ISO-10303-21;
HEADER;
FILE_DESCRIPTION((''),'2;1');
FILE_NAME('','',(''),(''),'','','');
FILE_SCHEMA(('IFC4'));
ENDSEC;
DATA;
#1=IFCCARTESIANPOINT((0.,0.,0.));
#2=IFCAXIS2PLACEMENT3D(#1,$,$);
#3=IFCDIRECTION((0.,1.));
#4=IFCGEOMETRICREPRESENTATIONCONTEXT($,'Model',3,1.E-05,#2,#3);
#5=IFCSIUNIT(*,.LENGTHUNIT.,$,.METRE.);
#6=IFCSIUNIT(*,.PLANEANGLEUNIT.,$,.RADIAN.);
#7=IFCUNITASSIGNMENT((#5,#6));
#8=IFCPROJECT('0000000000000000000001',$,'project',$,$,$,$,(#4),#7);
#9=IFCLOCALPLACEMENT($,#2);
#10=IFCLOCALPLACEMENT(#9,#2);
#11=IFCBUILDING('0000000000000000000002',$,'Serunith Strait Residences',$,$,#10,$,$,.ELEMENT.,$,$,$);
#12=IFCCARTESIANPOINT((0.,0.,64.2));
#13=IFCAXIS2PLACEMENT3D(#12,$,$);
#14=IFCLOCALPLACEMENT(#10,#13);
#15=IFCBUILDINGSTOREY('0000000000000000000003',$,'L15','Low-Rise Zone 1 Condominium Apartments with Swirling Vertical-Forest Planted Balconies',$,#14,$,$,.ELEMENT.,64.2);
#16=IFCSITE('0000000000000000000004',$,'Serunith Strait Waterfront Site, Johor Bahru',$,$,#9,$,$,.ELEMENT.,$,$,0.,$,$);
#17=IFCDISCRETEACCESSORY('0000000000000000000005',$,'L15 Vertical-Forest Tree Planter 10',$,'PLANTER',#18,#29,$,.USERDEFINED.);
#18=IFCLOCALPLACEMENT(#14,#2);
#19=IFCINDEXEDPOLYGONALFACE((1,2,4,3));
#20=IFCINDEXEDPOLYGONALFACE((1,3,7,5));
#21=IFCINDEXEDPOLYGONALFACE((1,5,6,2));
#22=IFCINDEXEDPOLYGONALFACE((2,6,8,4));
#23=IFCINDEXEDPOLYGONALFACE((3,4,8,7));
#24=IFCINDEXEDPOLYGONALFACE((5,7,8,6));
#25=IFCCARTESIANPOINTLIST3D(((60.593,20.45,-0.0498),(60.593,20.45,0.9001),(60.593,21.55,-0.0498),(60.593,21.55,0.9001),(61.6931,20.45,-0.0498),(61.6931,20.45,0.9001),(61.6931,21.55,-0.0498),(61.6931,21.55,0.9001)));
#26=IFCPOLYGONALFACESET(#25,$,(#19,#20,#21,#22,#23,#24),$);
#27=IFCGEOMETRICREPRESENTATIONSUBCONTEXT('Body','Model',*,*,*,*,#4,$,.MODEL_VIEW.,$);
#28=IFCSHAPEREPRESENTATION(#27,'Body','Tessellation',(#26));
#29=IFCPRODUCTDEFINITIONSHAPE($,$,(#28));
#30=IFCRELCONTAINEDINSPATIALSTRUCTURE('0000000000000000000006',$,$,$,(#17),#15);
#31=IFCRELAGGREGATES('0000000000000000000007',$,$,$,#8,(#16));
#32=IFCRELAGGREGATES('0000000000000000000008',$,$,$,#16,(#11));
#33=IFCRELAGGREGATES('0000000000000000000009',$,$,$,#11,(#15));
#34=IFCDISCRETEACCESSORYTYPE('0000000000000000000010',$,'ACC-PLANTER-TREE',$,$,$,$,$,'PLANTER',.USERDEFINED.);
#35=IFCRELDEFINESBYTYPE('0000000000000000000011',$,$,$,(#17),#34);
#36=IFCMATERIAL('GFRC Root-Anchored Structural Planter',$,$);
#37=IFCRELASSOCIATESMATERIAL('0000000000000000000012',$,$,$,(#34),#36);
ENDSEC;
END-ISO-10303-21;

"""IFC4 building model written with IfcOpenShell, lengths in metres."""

from ifc_helpers import new_model, si_unit, direction, frame, origin, origin_2d, place, context, subcontext, project, spatial, rectangle, extrude, source, transform, mapped, material, type_object, element, save


model = new_model("IFC4")

# Units and contexts
model_context = context("Model", 3, precision=1e-05, world=origin(), true_north=direction((0.0, 1.0)))
body_context = subcontext(model_context, "Body", "Model", "MODEL_VIEW")
ifc_project = project(units=[si_unit("LENGTHUNIT", "METRE"), si_unit("PLANEANGLEUNIT", "RADIAN")], contexts=[model_context])

# Site, building, storey
site_placement = place(None, origin())
site = spatial("IfcSite", under=ifc_project, at=site_placement, Name="Serunith Strait Waterfront Site, Johor Bahru", CompositionType="ELEMENT", RefElevation=0.0)
building_placement = place(site_placement, origin())
building = spatial("IfcBuilding", under=site, at=building_placement, Name="Serunith Strait Residences", CompositionType="ELEMENT")
storey_placement = place(building_placement, frame((0.0, 0.0, 64.2)))
storey = spatial("IfcBuildingStorey", under=building, at=storey_placement, Name="L15", Description="Low-Rise Zone 1 Condominium Apartments with Swirling Vertical-Forest Planted Balconies", CompositionType="ELEMENT", Elevation=64.2)

# Discrete accessory
ifc_material_1 = material(Name="GFRC Root-Anchored Structural Planter")
discrete_accessory_type = type_object("IfcDiscreteAccessoryType", Name="ACC-PLANTER-TREE", ElementType="PLANTER", PredefinedType="USERDEFINED", material=ifc_material_1)
shared_shape_1 = source(origin(), body_context, "Body", "SweptSolid", [
    extrude(rectangle(XDim=1.1001, YDim=1.1001, at=origin_2d()), origin(), (0.0, 0.0, 1.0), 0.95),
])
discrete_accessory_placement = place(storey_placement, frame((61.1431, 21.0, -0.0498), z_axis=(0.0, 0.0, 1.0), x_axis=(0.0, 1.0, 0.0)))
element("IfcDiscreteAccessory", 1, at=discrete_accessory_placement, inside=storey, type_object=discrete_accessory_type, Name="L15 Vertical-Forest Tree Planter 10", ObjectType="PLANTER", PredefinedType="USERDEFINED", context=body_context, shape_type="MappedRepresentation", body=[
    mapped(shared_shape_1, transform((0.0, 0.0, 0.0), scale=1.0)),
])

save(model, "model.ifc")
